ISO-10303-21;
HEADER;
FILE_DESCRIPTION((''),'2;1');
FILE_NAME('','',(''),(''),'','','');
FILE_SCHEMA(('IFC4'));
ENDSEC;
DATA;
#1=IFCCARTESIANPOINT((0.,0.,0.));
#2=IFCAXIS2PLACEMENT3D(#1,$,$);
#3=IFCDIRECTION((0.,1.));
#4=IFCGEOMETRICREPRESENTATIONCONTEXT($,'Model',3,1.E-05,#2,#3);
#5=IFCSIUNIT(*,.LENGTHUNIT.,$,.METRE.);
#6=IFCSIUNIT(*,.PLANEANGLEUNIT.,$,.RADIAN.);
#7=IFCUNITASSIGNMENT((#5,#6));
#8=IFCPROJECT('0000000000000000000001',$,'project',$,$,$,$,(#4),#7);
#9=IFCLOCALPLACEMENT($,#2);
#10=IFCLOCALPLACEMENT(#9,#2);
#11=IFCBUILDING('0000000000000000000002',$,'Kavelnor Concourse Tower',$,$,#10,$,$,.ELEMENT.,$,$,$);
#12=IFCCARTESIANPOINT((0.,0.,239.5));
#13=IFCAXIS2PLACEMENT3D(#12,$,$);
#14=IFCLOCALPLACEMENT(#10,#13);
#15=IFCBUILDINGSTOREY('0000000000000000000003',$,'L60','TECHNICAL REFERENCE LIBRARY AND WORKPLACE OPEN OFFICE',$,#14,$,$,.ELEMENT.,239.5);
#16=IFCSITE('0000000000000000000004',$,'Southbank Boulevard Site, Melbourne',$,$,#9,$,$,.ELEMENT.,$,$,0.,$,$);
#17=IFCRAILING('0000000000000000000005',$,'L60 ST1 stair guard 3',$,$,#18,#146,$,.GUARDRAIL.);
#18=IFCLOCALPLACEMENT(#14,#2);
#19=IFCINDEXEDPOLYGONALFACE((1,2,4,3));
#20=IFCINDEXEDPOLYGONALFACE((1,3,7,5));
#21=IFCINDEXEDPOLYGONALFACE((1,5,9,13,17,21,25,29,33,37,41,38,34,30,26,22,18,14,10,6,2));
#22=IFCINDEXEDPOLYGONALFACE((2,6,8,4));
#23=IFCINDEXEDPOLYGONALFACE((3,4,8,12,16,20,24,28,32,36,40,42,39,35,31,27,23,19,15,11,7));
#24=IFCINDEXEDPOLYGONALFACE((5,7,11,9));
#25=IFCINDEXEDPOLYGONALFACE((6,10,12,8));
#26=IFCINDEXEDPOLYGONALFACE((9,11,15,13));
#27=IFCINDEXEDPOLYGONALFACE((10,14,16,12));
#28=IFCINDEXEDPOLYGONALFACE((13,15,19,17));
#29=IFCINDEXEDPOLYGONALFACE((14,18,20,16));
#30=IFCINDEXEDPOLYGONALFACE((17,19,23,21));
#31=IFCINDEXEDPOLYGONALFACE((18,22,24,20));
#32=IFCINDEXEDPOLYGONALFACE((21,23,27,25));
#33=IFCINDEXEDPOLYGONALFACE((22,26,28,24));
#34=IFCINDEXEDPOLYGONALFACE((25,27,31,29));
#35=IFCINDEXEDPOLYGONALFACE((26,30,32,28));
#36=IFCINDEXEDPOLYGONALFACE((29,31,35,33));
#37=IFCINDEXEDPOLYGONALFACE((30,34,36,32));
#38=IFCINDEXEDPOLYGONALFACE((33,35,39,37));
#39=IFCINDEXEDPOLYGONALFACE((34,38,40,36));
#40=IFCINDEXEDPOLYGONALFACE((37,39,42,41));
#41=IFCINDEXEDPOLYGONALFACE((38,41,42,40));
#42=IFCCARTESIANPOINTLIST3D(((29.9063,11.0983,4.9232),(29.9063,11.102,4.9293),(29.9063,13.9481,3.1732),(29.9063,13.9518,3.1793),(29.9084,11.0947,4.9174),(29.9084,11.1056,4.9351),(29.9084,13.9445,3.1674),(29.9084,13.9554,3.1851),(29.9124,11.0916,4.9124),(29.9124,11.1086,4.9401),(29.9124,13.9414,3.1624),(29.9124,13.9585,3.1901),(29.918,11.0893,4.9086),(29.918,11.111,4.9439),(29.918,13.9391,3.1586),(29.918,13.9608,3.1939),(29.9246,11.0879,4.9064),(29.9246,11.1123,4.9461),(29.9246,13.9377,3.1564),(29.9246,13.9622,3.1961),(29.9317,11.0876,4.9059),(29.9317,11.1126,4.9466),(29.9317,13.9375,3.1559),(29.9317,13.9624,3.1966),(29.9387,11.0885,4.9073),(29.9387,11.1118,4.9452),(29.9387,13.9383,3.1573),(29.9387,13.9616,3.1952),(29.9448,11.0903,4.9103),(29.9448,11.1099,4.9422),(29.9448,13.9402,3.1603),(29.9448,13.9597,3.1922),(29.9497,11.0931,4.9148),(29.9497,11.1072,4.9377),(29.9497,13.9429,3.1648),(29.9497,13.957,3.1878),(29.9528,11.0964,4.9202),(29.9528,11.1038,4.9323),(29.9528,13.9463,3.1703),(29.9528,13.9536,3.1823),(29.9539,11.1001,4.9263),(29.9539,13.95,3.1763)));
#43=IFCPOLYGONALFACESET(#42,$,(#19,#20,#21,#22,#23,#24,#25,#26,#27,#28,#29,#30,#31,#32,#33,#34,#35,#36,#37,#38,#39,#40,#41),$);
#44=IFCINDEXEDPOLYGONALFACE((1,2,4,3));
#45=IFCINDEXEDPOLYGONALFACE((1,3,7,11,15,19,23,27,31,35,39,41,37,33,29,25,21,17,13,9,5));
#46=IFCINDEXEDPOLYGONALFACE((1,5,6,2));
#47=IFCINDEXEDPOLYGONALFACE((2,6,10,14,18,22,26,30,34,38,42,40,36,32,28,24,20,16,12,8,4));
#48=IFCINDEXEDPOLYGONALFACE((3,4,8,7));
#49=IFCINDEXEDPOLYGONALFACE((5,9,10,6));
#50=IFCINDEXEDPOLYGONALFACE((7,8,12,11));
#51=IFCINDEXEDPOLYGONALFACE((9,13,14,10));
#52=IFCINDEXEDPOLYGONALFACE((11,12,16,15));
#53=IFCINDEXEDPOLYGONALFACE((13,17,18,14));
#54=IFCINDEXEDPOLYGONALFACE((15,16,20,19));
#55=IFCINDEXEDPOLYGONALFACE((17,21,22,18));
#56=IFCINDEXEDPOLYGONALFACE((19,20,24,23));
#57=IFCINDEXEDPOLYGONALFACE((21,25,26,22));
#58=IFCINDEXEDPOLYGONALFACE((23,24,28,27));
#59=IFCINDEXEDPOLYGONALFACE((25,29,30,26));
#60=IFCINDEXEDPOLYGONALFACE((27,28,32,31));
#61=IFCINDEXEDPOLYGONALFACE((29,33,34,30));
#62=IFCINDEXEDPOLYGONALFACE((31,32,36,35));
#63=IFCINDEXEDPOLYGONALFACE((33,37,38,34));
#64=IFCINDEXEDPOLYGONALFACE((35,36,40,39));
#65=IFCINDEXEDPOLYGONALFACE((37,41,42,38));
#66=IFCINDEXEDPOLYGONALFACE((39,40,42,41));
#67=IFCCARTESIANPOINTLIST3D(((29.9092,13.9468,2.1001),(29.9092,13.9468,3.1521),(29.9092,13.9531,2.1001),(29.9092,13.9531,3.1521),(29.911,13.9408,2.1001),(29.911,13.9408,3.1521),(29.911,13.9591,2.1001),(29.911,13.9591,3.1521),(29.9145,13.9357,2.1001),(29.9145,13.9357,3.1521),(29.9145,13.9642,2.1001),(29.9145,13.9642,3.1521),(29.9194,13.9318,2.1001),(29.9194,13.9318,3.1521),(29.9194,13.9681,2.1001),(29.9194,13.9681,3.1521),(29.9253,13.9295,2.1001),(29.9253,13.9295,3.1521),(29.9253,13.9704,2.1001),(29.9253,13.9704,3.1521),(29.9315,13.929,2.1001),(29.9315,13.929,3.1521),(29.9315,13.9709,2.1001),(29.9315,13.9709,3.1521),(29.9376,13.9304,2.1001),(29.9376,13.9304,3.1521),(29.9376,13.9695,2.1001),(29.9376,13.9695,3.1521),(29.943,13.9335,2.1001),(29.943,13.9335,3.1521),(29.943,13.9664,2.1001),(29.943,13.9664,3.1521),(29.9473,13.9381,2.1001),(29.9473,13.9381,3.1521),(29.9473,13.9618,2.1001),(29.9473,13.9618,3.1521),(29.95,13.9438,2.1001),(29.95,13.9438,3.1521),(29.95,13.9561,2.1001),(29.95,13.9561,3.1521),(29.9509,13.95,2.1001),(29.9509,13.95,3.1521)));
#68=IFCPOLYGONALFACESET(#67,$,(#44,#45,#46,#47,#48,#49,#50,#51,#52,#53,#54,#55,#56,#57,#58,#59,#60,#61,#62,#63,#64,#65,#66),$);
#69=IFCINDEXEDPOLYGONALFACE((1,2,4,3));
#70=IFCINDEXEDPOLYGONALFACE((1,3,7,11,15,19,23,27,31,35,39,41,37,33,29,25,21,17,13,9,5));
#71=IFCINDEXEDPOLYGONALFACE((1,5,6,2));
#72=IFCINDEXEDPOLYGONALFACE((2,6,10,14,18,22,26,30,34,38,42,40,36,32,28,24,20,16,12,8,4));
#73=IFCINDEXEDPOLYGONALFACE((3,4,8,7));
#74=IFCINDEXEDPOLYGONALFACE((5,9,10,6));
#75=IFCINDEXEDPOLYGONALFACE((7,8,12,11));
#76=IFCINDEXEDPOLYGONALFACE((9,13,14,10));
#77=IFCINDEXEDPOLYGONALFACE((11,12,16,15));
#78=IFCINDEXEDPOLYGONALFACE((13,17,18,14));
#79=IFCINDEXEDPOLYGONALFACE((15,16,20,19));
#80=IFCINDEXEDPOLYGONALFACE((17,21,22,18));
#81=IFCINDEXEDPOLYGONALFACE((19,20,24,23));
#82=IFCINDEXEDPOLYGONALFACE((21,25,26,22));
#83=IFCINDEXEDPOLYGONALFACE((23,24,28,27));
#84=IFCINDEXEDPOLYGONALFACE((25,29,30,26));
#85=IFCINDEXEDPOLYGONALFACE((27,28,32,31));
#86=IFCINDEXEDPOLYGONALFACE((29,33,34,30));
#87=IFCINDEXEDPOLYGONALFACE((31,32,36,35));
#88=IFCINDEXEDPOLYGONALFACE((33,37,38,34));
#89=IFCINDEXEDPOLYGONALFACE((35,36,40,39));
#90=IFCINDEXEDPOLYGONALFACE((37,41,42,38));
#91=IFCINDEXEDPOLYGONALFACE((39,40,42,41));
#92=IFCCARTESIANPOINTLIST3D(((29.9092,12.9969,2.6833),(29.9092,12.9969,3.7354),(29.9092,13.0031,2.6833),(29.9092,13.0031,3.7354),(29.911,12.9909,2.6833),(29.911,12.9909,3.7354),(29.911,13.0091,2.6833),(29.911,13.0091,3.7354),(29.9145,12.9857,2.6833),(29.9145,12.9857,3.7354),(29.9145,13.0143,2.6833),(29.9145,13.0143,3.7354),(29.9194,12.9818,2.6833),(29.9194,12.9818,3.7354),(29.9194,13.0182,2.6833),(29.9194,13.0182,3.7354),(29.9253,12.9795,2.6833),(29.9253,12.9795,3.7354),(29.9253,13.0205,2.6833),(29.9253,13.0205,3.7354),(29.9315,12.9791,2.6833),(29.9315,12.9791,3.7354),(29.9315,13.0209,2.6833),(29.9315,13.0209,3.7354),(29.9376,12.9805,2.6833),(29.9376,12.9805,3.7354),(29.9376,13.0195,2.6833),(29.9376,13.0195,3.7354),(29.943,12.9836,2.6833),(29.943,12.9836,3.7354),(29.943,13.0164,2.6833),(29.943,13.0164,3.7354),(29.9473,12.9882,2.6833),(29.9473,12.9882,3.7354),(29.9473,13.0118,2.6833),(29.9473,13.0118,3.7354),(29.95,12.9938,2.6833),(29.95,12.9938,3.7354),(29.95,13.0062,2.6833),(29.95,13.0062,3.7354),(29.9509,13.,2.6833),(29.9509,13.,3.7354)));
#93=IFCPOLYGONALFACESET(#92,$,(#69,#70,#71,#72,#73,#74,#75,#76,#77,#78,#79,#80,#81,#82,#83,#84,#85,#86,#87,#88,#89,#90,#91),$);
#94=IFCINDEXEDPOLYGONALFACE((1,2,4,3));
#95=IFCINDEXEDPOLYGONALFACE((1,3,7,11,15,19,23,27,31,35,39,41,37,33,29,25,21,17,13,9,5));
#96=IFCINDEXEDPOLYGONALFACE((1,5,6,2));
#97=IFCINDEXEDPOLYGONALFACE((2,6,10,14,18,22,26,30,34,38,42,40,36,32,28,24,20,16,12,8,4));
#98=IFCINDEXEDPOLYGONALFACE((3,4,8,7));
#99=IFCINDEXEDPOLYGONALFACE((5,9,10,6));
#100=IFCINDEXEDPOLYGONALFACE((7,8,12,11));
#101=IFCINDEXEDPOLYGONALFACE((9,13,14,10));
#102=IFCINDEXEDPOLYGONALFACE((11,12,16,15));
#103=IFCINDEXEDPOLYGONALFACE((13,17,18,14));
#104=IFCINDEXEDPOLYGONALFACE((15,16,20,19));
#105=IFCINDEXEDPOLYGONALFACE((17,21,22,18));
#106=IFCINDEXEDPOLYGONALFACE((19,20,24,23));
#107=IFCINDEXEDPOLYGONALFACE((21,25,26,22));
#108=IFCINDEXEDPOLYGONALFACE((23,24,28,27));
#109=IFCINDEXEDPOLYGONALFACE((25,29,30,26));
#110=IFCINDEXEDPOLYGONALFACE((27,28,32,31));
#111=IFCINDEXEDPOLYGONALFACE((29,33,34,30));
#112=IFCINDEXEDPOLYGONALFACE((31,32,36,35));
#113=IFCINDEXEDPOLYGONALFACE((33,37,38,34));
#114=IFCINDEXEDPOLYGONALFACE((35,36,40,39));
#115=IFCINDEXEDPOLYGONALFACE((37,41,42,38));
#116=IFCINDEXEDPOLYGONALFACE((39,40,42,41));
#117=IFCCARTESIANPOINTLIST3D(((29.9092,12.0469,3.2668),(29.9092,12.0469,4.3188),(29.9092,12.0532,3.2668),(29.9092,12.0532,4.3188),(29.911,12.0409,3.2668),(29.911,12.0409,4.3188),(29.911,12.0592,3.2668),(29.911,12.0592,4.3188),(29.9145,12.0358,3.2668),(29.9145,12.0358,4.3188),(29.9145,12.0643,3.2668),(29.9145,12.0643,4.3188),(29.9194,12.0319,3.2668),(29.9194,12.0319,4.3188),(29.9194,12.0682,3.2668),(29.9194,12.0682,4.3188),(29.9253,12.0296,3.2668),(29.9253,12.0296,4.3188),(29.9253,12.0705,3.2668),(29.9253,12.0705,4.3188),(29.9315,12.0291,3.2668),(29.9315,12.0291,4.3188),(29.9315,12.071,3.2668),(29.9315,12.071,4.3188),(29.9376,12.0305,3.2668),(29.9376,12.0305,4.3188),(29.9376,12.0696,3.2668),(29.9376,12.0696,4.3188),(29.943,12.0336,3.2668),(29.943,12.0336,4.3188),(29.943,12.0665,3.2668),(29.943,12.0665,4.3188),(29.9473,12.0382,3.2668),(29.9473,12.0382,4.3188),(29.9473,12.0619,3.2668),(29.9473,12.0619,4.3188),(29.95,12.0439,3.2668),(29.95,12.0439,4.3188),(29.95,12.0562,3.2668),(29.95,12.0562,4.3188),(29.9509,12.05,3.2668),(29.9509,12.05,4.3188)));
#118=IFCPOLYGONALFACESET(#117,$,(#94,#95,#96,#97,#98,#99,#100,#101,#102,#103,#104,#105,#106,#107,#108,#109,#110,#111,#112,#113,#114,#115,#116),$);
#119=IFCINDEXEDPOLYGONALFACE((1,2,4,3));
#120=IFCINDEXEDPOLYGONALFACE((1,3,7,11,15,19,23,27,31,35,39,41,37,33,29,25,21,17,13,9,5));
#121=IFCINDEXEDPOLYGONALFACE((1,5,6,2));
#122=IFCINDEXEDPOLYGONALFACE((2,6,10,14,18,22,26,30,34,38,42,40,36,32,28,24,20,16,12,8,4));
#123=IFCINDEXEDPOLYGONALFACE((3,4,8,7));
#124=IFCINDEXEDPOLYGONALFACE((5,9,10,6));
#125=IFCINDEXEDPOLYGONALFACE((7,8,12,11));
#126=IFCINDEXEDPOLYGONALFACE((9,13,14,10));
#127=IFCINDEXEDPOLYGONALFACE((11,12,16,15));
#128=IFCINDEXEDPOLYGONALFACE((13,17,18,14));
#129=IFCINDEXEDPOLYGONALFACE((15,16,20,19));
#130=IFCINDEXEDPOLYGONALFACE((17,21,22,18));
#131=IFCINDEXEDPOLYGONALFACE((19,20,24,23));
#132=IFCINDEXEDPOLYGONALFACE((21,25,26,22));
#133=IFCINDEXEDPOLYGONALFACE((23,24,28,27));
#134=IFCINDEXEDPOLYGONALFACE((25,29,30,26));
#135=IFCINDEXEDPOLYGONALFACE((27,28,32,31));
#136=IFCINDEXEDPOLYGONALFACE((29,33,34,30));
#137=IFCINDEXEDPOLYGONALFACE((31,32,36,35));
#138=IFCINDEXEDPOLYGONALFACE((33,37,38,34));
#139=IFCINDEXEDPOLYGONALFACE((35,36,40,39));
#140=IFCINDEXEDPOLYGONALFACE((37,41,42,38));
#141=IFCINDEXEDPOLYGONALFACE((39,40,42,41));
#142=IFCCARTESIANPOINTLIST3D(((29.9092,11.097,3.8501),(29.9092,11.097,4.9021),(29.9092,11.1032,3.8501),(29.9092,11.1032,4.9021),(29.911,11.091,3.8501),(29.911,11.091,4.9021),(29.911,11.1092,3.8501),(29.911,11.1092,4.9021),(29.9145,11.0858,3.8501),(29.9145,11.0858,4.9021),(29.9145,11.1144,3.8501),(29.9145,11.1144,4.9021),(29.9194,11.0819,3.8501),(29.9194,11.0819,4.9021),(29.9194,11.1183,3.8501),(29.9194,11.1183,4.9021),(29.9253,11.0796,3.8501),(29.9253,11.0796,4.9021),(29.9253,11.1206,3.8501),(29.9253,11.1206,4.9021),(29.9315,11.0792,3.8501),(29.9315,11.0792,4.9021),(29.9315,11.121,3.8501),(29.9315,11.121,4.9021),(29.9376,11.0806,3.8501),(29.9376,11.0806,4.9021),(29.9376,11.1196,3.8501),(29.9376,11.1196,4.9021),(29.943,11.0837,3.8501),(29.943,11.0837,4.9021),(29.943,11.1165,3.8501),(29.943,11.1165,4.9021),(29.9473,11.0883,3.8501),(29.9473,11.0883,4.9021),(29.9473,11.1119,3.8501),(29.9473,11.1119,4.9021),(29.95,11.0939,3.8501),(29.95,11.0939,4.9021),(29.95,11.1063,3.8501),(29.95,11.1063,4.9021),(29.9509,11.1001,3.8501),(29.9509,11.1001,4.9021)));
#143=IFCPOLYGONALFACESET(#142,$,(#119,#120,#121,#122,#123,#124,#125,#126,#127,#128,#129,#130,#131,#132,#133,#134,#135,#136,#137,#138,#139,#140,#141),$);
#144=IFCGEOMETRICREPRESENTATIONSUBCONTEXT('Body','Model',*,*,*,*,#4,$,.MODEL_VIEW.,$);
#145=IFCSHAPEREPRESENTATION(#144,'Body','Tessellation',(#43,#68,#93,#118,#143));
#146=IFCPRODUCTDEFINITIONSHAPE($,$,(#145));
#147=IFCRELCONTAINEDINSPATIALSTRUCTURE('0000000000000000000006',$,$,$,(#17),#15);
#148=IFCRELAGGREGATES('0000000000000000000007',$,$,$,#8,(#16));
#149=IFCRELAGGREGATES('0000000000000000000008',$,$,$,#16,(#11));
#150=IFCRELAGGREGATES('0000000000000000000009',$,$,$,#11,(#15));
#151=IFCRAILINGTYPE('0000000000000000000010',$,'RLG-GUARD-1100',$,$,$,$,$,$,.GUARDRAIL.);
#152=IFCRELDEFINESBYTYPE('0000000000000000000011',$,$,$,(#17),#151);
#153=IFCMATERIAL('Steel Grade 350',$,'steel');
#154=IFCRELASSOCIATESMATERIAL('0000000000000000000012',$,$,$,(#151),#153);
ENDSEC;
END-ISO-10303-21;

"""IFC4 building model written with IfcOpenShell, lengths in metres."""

from ifc_helpers import new_model, si_unit, direction, frame, origin, origin_2d, place, context, subcontext, project, spatial, circle, extrude, material, type_object, element, save


model = new_model("IFC4")

# Units and contexts
model_context = context("Model", 3, precision=1e-05, world=origin(), true_north=direction((0.0, 1.0)))
body_context = subcontext(model_context, "Body", "Model", "MODEL_VIEW")
ifc_project = project(units=[si_unit("LENGTHUNIT", "METRE"), si_unit("PLANEANGLEUNIT", "RADIAN")], contexts=[model_context])

# Site, building, storey
site_placement = place(None, origin())
site = spatial("IfcSite", under=ifc_project, at=site_placement, Name="Southbank Boulevard Site, Melbourne", CompositionType="ELEMENT", RefElevation=0.0)
building_placement = place(site_placement, origin())
building = spatial("IfcBuilding", under=site, at=building_placement, Name="Kavelnor Concourse Tower", CompositionType="ELEMENT")
storey_placement = place(building_placement, frame((0.0, 0.0, 239.5)))
storey = spatial("IfcBuildingStorey", under=building, at=storey_placement, Name="L60", Description="TECHNICAL REFERENCE LIBRARY AND WORKPLACE OPEN OFFICE", CompositionType="ELEMENT", Elevation=239.5)

# Shared definitions
ifc_material_1 = material(Name="Steel Grade 350", Category="steel")

# Railing
railing_type_1 = type_object("IfcRailingType", Name="RLG-GUARD-1100", PredefinedType="GUARDRAIL", material=ifc_material_1)
railing_1_placement = place(storey_placement, frame((29.9299, 13.95, 2.1001)))
element("IfcRailing", 1, at=railing_1_placement, inside=storey, type_object=railing_type_1, Name="L60 ST1 stair guard 3", PredefinedType="GUARDRAIL", context=body_context, shape_type="SweptSolid", body=[
    extrude(circle(Radius=0.0239, at=origin_2d()), frame((0.0, 0.0, 1.0762), z_axis=(0.0, -0.852159, 0.523283), x_axis=(1.0, 0.0, 0.0)), (0.0, 0.0, 1.0), 3.3442),
    extrude(circle(Radius=0.021, at=origin_2d()), origin(), (0.0, 0.0, 1.0), 1.052),
    extrude(circle(Radius=0.021, at=origin_2d()), frame((0.0, -0.95, 0.5833)), (0.0, 0.0, 1.0), 1.052),
    extrude(circle(Radius=0.021, at=origin_2d()), frame((0.0, -1.8999, 1.1667)), (0.0, 0.0, 1.0), 1.052),
    extrude(circle(Radius=0.021, at=origin_2d()), frame((0.0, -2.8499, 1.75)), (0.0, 0.0, 1.0), 1.052),
])

save(model, "model.ifc")
